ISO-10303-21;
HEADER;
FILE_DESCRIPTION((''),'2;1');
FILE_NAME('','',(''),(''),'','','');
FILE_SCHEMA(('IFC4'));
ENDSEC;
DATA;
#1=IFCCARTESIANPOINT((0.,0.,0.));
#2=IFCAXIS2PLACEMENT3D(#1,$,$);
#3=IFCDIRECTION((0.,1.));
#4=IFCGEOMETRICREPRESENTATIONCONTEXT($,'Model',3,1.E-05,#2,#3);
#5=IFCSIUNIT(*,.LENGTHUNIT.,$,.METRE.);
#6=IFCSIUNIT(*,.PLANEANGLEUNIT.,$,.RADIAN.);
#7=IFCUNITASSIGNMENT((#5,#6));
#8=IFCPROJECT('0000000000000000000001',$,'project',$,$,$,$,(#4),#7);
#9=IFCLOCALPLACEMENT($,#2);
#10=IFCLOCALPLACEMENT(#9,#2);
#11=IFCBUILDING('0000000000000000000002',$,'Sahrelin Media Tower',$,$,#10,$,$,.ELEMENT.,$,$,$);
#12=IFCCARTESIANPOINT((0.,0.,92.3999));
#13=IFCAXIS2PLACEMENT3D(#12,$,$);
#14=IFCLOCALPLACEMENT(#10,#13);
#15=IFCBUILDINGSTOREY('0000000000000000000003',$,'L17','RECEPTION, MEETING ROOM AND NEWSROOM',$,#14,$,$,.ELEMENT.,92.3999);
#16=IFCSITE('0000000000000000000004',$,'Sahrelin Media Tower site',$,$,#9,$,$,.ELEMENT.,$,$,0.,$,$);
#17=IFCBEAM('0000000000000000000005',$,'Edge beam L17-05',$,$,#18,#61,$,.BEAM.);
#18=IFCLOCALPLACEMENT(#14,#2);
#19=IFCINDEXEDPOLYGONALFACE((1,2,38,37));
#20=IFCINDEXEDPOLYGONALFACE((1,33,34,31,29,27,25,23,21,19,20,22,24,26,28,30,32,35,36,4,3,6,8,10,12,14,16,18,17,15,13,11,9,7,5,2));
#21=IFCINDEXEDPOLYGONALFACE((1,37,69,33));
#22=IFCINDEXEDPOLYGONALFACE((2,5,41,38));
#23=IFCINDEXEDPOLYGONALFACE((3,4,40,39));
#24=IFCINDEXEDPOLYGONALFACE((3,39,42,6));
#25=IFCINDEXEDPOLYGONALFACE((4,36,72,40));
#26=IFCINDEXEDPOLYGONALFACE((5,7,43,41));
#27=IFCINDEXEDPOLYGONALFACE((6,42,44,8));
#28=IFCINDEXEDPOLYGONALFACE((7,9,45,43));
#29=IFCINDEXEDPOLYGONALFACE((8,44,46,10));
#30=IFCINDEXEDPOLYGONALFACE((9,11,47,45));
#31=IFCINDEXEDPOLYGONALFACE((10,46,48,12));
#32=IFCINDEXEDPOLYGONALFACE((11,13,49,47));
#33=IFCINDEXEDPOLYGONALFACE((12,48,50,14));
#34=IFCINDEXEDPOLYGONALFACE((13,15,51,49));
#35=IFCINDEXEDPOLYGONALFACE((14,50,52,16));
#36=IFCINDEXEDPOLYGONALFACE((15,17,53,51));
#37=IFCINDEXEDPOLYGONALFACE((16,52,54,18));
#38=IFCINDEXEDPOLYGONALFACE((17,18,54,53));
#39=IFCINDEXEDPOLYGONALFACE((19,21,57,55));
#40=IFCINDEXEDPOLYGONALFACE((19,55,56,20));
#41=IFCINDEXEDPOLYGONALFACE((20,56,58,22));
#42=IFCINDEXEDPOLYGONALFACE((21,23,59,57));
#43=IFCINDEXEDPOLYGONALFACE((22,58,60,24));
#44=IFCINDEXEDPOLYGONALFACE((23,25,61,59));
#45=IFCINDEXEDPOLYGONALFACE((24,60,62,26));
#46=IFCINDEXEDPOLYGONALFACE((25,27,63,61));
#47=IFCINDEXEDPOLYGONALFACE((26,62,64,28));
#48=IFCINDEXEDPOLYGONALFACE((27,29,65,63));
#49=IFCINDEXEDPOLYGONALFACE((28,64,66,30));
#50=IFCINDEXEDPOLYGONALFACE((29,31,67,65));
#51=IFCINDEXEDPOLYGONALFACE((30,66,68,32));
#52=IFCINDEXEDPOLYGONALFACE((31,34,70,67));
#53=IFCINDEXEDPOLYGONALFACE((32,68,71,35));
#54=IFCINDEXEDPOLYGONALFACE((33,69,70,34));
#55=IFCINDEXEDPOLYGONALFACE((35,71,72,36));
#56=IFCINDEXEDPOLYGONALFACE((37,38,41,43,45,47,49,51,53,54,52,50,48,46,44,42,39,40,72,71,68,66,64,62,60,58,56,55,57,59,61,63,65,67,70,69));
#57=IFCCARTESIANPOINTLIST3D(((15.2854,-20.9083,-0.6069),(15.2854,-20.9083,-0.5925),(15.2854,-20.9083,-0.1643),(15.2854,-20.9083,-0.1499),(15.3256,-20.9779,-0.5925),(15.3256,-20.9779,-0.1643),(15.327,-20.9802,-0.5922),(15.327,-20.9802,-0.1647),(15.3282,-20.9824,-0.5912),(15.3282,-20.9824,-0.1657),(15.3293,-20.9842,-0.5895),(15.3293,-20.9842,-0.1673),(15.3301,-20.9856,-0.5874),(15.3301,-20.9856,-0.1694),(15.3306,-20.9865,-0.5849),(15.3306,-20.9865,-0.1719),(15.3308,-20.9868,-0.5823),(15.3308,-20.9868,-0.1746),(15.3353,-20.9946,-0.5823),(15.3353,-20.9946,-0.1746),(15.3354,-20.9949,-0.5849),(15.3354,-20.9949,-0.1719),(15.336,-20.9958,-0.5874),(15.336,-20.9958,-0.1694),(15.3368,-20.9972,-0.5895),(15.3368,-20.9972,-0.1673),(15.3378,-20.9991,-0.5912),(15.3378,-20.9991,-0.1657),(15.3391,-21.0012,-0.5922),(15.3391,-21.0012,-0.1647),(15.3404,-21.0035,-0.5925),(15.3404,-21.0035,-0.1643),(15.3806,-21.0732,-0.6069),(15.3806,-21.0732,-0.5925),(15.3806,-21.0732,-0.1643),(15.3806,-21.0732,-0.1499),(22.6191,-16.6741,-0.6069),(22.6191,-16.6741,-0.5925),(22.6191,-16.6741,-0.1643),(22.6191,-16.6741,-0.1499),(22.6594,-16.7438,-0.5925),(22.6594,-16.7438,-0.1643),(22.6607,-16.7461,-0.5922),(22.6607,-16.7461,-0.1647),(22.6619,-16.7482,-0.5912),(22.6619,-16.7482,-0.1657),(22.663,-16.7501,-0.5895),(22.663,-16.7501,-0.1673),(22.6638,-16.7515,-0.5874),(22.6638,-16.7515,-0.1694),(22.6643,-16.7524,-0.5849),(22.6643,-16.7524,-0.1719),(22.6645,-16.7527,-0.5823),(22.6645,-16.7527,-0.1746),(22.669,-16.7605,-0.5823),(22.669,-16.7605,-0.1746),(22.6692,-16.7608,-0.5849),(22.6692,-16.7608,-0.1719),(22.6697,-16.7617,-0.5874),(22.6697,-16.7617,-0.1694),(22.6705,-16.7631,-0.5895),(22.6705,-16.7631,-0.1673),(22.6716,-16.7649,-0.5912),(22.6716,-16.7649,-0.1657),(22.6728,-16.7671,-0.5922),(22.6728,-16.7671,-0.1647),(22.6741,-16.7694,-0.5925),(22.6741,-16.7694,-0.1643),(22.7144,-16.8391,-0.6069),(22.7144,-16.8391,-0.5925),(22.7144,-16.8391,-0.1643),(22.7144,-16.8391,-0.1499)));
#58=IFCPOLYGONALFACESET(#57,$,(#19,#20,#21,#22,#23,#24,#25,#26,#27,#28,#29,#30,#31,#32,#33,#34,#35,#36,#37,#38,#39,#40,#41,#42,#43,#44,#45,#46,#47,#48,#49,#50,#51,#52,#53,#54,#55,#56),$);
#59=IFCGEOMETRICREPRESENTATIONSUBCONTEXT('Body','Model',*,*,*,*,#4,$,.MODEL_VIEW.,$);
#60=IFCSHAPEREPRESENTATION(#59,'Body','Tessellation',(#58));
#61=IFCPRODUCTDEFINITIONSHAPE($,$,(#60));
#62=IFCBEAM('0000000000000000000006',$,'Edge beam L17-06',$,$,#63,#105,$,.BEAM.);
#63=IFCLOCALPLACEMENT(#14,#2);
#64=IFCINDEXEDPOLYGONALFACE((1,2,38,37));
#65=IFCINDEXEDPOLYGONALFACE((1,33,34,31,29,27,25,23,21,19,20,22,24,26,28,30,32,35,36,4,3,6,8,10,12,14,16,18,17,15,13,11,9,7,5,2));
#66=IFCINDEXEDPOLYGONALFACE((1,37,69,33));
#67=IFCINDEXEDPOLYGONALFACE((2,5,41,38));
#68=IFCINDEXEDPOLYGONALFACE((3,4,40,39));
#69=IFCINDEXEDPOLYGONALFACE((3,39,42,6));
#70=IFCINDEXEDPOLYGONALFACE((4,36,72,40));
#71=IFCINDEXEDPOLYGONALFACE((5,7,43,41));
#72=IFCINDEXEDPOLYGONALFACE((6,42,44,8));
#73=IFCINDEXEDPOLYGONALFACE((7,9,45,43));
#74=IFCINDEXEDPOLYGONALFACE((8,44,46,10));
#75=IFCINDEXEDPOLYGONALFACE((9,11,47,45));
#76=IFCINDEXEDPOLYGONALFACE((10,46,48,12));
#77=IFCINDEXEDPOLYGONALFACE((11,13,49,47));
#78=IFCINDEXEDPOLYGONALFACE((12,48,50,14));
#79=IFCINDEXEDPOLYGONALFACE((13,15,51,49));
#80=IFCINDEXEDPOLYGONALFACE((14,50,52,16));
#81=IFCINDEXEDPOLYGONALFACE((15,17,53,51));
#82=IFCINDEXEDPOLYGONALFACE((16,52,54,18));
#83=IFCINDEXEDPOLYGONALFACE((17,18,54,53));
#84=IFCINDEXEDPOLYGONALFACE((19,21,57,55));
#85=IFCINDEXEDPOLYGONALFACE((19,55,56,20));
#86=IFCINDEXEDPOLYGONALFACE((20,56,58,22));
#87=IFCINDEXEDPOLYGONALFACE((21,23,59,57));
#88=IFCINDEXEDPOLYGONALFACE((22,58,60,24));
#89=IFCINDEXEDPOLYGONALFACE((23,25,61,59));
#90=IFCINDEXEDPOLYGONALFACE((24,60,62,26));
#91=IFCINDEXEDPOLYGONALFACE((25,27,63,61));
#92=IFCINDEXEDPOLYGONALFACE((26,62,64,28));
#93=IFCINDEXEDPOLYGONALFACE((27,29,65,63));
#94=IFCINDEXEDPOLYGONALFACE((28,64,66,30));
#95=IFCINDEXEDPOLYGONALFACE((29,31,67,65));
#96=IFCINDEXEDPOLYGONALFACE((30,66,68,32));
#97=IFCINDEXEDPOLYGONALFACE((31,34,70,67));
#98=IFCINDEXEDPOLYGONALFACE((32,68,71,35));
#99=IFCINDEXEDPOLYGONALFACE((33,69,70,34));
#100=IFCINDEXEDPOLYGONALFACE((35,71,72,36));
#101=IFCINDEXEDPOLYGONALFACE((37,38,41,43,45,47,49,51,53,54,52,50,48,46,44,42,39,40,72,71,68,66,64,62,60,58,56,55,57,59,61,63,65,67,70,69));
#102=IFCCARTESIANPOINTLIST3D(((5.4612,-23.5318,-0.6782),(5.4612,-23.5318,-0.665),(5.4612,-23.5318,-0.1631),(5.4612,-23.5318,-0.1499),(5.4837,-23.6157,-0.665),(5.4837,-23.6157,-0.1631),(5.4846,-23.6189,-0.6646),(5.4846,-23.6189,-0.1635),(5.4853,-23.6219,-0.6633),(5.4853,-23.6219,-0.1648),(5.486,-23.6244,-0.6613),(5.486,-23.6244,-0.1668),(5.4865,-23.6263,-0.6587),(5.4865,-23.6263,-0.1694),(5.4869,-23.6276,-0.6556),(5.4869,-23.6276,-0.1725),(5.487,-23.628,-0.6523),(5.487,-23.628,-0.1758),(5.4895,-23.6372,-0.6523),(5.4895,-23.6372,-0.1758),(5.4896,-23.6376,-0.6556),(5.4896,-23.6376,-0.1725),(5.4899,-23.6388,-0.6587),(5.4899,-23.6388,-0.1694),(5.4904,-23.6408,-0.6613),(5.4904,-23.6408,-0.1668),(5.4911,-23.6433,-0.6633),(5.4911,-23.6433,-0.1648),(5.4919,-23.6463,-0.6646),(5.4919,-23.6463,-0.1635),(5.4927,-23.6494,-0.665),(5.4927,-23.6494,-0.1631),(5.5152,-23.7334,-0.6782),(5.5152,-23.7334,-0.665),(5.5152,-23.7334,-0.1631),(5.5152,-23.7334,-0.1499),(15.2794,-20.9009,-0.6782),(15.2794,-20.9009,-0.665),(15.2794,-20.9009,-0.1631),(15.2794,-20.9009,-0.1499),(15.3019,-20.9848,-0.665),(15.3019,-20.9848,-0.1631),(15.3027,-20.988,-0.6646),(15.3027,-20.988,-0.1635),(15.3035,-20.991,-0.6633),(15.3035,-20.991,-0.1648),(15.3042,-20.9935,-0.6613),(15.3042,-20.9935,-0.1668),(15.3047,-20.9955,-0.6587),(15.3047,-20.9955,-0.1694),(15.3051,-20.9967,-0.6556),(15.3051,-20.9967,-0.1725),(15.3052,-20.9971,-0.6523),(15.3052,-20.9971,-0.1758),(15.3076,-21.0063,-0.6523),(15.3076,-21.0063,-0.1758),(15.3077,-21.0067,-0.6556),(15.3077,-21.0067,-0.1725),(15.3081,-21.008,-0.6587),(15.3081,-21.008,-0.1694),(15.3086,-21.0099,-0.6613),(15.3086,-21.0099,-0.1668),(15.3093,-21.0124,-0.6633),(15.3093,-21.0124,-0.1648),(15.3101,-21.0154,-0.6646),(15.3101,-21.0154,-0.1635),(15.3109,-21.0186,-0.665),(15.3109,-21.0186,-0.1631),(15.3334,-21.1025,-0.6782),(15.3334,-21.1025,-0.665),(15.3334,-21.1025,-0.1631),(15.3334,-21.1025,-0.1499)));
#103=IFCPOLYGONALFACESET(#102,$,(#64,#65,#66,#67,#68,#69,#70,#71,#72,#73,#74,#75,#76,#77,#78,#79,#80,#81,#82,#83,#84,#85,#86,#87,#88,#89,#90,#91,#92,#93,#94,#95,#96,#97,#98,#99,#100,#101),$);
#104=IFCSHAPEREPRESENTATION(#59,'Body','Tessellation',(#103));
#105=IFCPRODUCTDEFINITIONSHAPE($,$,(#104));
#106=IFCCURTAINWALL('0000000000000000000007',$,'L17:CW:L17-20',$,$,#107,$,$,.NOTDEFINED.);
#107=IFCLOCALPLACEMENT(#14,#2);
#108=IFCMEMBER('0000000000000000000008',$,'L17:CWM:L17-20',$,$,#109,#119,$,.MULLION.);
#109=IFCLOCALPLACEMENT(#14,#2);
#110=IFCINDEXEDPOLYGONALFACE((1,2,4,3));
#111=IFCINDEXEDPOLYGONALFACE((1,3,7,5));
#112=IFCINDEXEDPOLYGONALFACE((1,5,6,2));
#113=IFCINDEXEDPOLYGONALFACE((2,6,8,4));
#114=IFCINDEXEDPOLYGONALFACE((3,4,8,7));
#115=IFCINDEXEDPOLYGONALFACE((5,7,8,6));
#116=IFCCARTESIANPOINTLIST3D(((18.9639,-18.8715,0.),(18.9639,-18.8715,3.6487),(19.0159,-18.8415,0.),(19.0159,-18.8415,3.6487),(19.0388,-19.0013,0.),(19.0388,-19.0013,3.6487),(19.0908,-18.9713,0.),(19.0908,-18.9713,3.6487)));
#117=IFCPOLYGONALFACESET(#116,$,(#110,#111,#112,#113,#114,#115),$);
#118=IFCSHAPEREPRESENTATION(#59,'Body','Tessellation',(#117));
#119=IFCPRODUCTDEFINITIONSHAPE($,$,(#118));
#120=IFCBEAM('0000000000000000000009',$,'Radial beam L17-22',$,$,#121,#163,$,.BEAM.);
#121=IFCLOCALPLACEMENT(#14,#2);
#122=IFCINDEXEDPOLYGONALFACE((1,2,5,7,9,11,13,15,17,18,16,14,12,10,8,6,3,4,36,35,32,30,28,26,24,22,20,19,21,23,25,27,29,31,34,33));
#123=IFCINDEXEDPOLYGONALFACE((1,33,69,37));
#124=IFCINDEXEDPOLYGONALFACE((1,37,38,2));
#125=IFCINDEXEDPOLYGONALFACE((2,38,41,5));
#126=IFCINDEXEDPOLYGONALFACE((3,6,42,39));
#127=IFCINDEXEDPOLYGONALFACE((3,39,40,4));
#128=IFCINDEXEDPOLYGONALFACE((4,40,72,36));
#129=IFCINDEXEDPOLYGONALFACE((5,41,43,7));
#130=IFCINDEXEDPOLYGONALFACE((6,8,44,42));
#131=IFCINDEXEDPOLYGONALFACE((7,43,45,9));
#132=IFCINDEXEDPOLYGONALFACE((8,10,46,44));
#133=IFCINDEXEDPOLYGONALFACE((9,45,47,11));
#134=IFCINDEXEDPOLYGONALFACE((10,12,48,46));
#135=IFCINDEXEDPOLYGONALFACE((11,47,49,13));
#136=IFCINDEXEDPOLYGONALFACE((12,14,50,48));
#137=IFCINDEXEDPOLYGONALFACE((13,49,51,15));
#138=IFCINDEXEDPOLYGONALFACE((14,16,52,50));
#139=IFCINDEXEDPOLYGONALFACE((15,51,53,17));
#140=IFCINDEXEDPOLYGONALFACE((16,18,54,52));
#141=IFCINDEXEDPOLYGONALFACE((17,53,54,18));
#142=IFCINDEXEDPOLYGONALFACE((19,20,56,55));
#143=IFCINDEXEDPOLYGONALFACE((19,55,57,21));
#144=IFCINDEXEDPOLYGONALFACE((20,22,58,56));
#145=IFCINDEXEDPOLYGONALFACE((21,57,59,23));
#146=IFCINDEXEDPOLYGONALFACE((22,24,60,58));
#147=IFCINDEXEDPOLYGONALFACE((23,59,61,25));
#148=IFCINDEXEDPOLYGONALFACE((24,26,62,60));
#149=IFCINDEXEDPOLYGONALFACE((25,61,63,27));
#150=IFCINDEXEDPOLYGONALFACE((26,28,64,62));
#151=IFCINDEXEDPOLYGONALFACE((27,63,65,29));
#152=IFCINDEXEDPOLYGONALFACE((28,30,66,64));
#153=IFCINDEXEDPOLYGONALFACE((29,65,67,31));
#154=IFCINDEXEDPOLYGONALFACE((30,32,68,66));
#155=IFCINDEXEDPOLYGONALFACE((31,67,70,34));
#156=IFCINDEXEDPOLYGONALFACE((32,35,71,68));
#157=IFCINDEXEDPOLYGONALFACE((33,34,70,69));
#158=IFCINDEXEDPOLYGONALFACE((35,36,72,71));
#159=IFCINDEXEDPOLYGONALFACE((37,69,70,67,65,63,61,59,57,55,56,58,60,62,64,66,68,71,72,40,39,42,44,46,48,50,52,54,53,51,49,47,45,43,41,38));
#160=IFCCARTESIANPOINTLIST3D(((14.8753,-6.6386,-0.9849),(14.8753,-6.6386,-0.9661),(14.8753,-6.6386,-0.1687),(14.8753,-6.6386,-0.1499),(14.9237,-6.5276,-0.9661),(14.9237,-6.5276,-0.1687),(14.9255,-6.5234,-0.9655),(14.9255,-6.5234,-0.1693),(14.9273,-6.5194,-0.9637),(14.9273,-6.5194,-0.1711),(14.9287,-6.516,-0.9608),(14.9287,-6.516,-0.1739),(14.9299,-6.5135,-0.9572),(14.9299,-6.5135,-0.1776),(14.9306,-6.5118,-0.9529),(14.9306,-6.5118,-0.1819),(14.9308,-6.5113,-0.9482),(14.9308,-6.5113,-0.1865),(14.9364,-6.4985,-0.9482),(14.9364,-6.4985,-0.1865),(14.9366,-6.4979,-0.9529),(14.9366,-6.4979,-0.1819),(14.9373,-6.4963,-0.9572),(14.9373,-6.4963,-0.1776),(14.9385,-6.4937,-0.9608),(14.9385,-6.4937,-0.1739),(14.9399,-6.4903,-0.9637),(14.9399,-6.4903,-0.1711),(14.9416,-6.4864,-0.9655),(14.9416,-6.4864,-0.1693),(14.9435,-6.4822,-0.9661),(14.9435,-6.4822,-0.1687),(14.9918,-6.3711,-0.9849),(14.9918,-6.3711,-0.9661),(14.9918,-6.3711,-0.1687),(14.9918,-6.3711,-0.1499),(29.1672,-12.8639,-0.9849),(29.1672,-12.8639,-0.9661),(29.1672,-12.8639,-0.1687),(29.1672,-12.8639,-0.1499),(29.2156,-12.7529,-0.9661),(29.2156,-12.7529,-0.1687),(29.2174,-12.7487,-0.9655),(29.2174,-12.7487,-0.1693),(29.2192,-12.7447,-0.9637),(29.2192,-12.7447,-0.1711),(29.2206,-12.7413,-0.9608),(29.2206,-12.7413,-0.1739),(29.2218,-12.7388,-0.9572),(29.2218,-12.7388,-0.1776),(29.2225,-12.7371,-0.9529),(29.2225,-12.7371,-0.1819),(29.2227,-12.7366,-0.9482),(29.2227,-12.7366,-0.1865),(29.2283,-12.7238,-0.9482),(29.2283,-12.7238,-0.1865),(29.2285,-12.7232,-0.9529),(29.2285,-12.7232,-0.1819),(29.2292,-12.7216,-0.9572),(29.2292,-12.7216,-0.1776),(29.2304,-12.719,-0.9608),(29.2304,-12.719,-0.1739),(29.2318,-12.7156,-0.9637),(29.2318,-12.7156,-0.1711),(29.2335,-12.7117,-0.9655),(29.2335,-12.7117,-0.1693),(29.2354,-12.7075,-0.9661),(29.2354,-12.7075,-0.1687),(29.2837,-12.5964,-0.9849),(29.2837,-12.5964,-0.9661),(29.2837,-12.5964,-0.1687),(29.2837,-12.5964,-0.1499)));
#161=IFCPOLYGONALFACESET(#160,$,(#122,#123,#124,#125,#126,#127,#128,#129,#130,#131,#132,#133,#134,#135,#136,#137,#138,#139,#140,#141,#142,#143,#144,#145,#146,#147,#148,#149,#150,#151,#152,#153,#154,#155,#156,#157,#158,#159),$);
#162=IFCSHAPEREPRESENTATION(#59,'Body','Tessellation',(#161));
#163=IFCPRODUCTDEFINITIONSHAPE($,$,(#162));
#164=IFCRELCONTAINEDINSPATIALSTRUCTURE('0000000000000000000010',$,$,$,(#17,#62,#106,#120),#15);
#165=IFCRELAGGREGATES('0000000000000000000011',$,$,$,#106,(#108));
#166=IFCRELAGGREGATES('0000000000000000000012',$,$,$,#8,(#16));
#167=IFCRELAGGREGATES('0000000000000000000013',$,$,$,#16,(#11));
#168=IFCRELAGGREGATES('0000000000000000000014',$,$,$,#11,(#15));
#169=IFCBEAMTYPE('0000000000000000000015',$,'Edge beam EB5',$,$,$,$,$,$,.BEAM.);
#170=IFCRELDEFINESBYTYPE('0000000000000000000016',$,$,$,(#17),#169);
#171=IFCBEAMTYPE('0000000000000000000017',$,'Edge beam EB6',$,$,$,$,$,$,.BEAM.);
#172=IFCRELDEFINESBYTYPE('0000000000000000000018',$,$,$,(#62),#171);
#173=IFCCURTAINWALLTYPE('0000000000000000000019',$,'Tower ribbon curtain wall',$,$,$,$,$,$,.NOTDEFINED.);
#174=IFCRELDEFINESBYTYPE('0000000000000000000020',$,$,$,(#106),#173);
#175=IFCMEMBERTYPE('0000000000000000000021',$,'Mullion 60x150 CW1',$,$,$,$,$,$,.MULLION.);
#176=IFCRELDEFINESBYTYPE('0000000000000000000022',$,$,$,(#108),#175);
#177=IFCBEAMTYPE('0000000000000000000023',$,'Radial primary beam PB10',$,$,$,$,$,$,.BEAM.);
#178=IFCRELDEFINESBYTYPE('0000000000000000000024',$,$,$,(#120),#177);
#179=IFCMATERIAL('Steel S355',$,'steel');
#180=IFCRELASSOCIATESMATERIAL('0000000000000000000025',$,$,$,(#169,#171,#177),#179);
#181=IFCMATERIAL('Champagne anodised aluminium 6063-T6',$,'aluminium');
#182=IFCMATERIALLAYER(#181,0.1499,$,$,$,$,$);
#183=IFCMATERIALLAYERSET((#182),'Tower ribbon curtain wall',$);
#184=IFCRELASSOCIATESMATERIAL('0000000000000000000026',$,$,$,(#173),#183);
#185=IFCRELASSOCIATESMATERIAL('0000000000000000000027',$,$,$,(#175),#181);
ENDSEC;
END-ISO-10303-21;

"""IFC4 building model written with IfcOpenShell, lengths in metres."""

from ifc_helpers import new_model, si_unit, direction, frame, origin, origin_2d, place, context, subcontext, project, spatial, rectangle, i_section, extrude, material, layer, layer_set, material_profile, profile_set, type_object, element, aggregate, save


model = new_model("IFC4")

# Units and contexts
model_context = context("Model", 3, precision=1e-05, world=origin(), true_north=direction((0.0, 1.0)))
body_context = subcontext(model_context, "Body", "Model", "MODEL_VIEW")
ifc_project = project(units=[si_unit("LENGTHUNIT", "METRE"), si_unit("PLANEANGLEUNIT", "RADIAN")], contexts=[model_context])

# Site, building, storey
site_placement = place(None, origin())
site = spatial("IfcSite", under=ifc_project, at=site_placement, Name="Sahrelin Media Tower site", CompositionType="ELEMENT", RefElevation=0.0)
building_placement = place(site_placement, origin())
building = spatial("IfcBuilding", under=site, at=building_placement, Name="Sahrelin Media Tower", CompositionType="ELEMENT")
storey_placement = place(building_placement, frame((0.0, 0.0, 92.3999)))
storey = spatial("IfcBuildingStorey", under=building, at=storey_placement, Name="L17", Description="RECEPTION, MEETING ROOM AND NEWSROOM", CompositionType="ELEMENT", Elevation=92.3999)

# Beams
ifc_material_1 = material(Name="Steel S355", Category="steel")
ifc_material_profile_1 = material_profile(ifc_material_1, i_section(OverallWidth=0.1904, OverallDepth=0.457, WebThickness=0.009, FlangeThickness=0.0144, FilletRadius=0.0103, at=origin_2d()), Name="UB 457x191x74")
ifc_profile_set_1 = profile_set([ifc_material_profile_1], Name="Steel S355")
beam_type_1 = type_object("IfcBeamType", Name="Edge beam EB5", PredefinedType="BEAM", material=ifc_profile_set_1)
beam_1_placement = place(storey_placement, frame((22.6667, -16.7566, -0.3784), z_axis=(-0.866026, -0.499999, 0.0), x_axis=(0.499999, -0.866026, 0.0)))
element("IfcBeam", 1, at=beam_1_placement, inside=storey, type_object=beam_type_1, Name="Edge beam L17-05", PredefinedType="BEAM", context=body_context, shape_type="SweptSolid", body=[
    extrude(i_section(OverallWidth=0.1904, OverallDepth=0.457, WebThickness=0.009, FlangeThickness=0.0144, FilletRadius=0.0103, at=origin_2d()), origin(), (0.0, 0.0, 1.0), 8.4683),
])
ifc_material_profile_2 = material_profile(ifc_material_1, i_section(OverallWidth=0.2087, OverallDepth=0.5283, WebThickness=0.0095, FlangeThickness=0.0132, FilletRadius=0.0127, at=origin_2d()), Name="UB 533x210x82")
ifc_profile_set_2 = profile_set([ifc_material_profile_2], Name="Steel S355")
beam_type_2 = type_object("IfcBeamType", Name="Edge beam EB6", PredefinedType="BEAM", material=ifc_profile_set_2)
beam_2_placement = place(storey_placement, frame((15.3064, -21.0017, -0.4141), z_axis=(-0.965923, -0.258829, 0.0), x_axis=(0.258829, -0.965923, 0.0)))
element("IfcBeam", 2, at=beam_2_placement, inside=storey, type_object=beam_type_2, Name="Edge beam L17-06", PredefinedType="BEAM", context=body_context, shape_type="SweptSolid", body=[
    extrude(i_section(OverallWidth=0.2087, OverallDepth=0.5283, WebThickness=0.0095, FlangeThickness=0.0132, FilletRadius=0.0127, at=origin_2d()), origin(), (0.0, 0.0, 1.0), 10.1646),
])

# Curtain wall, member
ifc_material_2 = material(Name="Champagne anodised aluminium 6063-T6", Category="aluminium")
ifc_layer_1 = layer(ifc_material_2, 0.1499)
ifc_layer_set_1 = layer_set([ifc_layer_1], Name="Tower ribbon curtain wall")
curtain_wall_type = type_object("IfcCurtainWallType", Name="Tower ribbon curtain wall", PredefinedType="NOTDEFINED", material=ifc_layer_set_1)
curtain_wall_1_placement = place(storey_placement, frame((19.075, -19.0037, 0.0), z_axis=(0.0, 0.0, 1.0), x_axis=(1.0, 0.0, 0.0)))
curtain_wall_1 = element("IfcCurtainWall", 3, at=curtain_wall_1_placement, inside=storey, type_object=curtain_wall_type, Name="L17:CW:L17-20", PredefinedType="NOTDEFINED")
ifc_material_profile_3 = material_profile(ifc_material_2, rectangle(XDim=0.0601, YDim=0.1499, at=origin_2d()), Name="Mullion 60x150")
ifc_profile_set_3 = profile_set([ifc_material_profile_3], Name="Champagne anodised aluminium 6063-T6")
member_type_1 = type_object("IfcMemberType", Name="Mullion 60x150 CW1", PredefinedType="MULLION", material=ifc_profile_set_3)
member_1_placement = place(storey_placement, frame((19.0273, -18.9214, 0.0), z_axis=(0.0, 0.0, 1.0), x_axis=(0.866023, 0.500005, 0.0)))
member_1 = element("IfcMember", 4, at=member_1_placement, type_object=member_type_1, Name="L17:CWM:L17-20", PredefinedType="MULLION", context=body_context, shape_type="SweptSolid", body=[
    extrude(rectangle(XDim=0.0601, YDim=0.1499, at=origin_2d()), origin(), (0.0, 0.0, 1.0), 3.6487),
])

# Beam
ifc_material_profile_4 = material_profile(ifc_material_1, i_section(OverallWidth=0.2917, OverallDepth=0.835, WebThickness=0.0139, FlangeThickness=0.0188, FilletRadius=0.0178, at=origin_2d()), Name="UB 838x292x176")
ifc_profile_set_4 = profile_set([ifc_material_profile_4], Name="Steel S355")
beam_type_3 = type_object("IfcBeamType", Name="Radial primary beam PB10", PredefinedType="BEAM", material=ifc_profile_set_4)
beam_3_placement = place(storey_placement, frame((14.9336, -6.5049, -0.5674), z_axis=(0.916802, -0.399343, 0.0), x_axis=(0.399343, 0.916802, 0.0)))
element("IfcBeam", 5, at=beam_3_placement, inside=storey, type_object=beam_type_3, Name="Radial beam L17-22", PredefinedType="BEAM", context=body_context, shape_type="SweptSolid", body=[
    extrude(i_section(OverallWidth=0.2917, OverallDepth=0.835, WebThickness=0.0139, FlangeThickness=0.0188, FilletRadius=0.0178, at=origin_2d()), origin(), (0.0, 0.0, 1.0), 15.5889),
])

aggregate(curtain_wall_1, [member_1])

save(model, "model.ifc")
